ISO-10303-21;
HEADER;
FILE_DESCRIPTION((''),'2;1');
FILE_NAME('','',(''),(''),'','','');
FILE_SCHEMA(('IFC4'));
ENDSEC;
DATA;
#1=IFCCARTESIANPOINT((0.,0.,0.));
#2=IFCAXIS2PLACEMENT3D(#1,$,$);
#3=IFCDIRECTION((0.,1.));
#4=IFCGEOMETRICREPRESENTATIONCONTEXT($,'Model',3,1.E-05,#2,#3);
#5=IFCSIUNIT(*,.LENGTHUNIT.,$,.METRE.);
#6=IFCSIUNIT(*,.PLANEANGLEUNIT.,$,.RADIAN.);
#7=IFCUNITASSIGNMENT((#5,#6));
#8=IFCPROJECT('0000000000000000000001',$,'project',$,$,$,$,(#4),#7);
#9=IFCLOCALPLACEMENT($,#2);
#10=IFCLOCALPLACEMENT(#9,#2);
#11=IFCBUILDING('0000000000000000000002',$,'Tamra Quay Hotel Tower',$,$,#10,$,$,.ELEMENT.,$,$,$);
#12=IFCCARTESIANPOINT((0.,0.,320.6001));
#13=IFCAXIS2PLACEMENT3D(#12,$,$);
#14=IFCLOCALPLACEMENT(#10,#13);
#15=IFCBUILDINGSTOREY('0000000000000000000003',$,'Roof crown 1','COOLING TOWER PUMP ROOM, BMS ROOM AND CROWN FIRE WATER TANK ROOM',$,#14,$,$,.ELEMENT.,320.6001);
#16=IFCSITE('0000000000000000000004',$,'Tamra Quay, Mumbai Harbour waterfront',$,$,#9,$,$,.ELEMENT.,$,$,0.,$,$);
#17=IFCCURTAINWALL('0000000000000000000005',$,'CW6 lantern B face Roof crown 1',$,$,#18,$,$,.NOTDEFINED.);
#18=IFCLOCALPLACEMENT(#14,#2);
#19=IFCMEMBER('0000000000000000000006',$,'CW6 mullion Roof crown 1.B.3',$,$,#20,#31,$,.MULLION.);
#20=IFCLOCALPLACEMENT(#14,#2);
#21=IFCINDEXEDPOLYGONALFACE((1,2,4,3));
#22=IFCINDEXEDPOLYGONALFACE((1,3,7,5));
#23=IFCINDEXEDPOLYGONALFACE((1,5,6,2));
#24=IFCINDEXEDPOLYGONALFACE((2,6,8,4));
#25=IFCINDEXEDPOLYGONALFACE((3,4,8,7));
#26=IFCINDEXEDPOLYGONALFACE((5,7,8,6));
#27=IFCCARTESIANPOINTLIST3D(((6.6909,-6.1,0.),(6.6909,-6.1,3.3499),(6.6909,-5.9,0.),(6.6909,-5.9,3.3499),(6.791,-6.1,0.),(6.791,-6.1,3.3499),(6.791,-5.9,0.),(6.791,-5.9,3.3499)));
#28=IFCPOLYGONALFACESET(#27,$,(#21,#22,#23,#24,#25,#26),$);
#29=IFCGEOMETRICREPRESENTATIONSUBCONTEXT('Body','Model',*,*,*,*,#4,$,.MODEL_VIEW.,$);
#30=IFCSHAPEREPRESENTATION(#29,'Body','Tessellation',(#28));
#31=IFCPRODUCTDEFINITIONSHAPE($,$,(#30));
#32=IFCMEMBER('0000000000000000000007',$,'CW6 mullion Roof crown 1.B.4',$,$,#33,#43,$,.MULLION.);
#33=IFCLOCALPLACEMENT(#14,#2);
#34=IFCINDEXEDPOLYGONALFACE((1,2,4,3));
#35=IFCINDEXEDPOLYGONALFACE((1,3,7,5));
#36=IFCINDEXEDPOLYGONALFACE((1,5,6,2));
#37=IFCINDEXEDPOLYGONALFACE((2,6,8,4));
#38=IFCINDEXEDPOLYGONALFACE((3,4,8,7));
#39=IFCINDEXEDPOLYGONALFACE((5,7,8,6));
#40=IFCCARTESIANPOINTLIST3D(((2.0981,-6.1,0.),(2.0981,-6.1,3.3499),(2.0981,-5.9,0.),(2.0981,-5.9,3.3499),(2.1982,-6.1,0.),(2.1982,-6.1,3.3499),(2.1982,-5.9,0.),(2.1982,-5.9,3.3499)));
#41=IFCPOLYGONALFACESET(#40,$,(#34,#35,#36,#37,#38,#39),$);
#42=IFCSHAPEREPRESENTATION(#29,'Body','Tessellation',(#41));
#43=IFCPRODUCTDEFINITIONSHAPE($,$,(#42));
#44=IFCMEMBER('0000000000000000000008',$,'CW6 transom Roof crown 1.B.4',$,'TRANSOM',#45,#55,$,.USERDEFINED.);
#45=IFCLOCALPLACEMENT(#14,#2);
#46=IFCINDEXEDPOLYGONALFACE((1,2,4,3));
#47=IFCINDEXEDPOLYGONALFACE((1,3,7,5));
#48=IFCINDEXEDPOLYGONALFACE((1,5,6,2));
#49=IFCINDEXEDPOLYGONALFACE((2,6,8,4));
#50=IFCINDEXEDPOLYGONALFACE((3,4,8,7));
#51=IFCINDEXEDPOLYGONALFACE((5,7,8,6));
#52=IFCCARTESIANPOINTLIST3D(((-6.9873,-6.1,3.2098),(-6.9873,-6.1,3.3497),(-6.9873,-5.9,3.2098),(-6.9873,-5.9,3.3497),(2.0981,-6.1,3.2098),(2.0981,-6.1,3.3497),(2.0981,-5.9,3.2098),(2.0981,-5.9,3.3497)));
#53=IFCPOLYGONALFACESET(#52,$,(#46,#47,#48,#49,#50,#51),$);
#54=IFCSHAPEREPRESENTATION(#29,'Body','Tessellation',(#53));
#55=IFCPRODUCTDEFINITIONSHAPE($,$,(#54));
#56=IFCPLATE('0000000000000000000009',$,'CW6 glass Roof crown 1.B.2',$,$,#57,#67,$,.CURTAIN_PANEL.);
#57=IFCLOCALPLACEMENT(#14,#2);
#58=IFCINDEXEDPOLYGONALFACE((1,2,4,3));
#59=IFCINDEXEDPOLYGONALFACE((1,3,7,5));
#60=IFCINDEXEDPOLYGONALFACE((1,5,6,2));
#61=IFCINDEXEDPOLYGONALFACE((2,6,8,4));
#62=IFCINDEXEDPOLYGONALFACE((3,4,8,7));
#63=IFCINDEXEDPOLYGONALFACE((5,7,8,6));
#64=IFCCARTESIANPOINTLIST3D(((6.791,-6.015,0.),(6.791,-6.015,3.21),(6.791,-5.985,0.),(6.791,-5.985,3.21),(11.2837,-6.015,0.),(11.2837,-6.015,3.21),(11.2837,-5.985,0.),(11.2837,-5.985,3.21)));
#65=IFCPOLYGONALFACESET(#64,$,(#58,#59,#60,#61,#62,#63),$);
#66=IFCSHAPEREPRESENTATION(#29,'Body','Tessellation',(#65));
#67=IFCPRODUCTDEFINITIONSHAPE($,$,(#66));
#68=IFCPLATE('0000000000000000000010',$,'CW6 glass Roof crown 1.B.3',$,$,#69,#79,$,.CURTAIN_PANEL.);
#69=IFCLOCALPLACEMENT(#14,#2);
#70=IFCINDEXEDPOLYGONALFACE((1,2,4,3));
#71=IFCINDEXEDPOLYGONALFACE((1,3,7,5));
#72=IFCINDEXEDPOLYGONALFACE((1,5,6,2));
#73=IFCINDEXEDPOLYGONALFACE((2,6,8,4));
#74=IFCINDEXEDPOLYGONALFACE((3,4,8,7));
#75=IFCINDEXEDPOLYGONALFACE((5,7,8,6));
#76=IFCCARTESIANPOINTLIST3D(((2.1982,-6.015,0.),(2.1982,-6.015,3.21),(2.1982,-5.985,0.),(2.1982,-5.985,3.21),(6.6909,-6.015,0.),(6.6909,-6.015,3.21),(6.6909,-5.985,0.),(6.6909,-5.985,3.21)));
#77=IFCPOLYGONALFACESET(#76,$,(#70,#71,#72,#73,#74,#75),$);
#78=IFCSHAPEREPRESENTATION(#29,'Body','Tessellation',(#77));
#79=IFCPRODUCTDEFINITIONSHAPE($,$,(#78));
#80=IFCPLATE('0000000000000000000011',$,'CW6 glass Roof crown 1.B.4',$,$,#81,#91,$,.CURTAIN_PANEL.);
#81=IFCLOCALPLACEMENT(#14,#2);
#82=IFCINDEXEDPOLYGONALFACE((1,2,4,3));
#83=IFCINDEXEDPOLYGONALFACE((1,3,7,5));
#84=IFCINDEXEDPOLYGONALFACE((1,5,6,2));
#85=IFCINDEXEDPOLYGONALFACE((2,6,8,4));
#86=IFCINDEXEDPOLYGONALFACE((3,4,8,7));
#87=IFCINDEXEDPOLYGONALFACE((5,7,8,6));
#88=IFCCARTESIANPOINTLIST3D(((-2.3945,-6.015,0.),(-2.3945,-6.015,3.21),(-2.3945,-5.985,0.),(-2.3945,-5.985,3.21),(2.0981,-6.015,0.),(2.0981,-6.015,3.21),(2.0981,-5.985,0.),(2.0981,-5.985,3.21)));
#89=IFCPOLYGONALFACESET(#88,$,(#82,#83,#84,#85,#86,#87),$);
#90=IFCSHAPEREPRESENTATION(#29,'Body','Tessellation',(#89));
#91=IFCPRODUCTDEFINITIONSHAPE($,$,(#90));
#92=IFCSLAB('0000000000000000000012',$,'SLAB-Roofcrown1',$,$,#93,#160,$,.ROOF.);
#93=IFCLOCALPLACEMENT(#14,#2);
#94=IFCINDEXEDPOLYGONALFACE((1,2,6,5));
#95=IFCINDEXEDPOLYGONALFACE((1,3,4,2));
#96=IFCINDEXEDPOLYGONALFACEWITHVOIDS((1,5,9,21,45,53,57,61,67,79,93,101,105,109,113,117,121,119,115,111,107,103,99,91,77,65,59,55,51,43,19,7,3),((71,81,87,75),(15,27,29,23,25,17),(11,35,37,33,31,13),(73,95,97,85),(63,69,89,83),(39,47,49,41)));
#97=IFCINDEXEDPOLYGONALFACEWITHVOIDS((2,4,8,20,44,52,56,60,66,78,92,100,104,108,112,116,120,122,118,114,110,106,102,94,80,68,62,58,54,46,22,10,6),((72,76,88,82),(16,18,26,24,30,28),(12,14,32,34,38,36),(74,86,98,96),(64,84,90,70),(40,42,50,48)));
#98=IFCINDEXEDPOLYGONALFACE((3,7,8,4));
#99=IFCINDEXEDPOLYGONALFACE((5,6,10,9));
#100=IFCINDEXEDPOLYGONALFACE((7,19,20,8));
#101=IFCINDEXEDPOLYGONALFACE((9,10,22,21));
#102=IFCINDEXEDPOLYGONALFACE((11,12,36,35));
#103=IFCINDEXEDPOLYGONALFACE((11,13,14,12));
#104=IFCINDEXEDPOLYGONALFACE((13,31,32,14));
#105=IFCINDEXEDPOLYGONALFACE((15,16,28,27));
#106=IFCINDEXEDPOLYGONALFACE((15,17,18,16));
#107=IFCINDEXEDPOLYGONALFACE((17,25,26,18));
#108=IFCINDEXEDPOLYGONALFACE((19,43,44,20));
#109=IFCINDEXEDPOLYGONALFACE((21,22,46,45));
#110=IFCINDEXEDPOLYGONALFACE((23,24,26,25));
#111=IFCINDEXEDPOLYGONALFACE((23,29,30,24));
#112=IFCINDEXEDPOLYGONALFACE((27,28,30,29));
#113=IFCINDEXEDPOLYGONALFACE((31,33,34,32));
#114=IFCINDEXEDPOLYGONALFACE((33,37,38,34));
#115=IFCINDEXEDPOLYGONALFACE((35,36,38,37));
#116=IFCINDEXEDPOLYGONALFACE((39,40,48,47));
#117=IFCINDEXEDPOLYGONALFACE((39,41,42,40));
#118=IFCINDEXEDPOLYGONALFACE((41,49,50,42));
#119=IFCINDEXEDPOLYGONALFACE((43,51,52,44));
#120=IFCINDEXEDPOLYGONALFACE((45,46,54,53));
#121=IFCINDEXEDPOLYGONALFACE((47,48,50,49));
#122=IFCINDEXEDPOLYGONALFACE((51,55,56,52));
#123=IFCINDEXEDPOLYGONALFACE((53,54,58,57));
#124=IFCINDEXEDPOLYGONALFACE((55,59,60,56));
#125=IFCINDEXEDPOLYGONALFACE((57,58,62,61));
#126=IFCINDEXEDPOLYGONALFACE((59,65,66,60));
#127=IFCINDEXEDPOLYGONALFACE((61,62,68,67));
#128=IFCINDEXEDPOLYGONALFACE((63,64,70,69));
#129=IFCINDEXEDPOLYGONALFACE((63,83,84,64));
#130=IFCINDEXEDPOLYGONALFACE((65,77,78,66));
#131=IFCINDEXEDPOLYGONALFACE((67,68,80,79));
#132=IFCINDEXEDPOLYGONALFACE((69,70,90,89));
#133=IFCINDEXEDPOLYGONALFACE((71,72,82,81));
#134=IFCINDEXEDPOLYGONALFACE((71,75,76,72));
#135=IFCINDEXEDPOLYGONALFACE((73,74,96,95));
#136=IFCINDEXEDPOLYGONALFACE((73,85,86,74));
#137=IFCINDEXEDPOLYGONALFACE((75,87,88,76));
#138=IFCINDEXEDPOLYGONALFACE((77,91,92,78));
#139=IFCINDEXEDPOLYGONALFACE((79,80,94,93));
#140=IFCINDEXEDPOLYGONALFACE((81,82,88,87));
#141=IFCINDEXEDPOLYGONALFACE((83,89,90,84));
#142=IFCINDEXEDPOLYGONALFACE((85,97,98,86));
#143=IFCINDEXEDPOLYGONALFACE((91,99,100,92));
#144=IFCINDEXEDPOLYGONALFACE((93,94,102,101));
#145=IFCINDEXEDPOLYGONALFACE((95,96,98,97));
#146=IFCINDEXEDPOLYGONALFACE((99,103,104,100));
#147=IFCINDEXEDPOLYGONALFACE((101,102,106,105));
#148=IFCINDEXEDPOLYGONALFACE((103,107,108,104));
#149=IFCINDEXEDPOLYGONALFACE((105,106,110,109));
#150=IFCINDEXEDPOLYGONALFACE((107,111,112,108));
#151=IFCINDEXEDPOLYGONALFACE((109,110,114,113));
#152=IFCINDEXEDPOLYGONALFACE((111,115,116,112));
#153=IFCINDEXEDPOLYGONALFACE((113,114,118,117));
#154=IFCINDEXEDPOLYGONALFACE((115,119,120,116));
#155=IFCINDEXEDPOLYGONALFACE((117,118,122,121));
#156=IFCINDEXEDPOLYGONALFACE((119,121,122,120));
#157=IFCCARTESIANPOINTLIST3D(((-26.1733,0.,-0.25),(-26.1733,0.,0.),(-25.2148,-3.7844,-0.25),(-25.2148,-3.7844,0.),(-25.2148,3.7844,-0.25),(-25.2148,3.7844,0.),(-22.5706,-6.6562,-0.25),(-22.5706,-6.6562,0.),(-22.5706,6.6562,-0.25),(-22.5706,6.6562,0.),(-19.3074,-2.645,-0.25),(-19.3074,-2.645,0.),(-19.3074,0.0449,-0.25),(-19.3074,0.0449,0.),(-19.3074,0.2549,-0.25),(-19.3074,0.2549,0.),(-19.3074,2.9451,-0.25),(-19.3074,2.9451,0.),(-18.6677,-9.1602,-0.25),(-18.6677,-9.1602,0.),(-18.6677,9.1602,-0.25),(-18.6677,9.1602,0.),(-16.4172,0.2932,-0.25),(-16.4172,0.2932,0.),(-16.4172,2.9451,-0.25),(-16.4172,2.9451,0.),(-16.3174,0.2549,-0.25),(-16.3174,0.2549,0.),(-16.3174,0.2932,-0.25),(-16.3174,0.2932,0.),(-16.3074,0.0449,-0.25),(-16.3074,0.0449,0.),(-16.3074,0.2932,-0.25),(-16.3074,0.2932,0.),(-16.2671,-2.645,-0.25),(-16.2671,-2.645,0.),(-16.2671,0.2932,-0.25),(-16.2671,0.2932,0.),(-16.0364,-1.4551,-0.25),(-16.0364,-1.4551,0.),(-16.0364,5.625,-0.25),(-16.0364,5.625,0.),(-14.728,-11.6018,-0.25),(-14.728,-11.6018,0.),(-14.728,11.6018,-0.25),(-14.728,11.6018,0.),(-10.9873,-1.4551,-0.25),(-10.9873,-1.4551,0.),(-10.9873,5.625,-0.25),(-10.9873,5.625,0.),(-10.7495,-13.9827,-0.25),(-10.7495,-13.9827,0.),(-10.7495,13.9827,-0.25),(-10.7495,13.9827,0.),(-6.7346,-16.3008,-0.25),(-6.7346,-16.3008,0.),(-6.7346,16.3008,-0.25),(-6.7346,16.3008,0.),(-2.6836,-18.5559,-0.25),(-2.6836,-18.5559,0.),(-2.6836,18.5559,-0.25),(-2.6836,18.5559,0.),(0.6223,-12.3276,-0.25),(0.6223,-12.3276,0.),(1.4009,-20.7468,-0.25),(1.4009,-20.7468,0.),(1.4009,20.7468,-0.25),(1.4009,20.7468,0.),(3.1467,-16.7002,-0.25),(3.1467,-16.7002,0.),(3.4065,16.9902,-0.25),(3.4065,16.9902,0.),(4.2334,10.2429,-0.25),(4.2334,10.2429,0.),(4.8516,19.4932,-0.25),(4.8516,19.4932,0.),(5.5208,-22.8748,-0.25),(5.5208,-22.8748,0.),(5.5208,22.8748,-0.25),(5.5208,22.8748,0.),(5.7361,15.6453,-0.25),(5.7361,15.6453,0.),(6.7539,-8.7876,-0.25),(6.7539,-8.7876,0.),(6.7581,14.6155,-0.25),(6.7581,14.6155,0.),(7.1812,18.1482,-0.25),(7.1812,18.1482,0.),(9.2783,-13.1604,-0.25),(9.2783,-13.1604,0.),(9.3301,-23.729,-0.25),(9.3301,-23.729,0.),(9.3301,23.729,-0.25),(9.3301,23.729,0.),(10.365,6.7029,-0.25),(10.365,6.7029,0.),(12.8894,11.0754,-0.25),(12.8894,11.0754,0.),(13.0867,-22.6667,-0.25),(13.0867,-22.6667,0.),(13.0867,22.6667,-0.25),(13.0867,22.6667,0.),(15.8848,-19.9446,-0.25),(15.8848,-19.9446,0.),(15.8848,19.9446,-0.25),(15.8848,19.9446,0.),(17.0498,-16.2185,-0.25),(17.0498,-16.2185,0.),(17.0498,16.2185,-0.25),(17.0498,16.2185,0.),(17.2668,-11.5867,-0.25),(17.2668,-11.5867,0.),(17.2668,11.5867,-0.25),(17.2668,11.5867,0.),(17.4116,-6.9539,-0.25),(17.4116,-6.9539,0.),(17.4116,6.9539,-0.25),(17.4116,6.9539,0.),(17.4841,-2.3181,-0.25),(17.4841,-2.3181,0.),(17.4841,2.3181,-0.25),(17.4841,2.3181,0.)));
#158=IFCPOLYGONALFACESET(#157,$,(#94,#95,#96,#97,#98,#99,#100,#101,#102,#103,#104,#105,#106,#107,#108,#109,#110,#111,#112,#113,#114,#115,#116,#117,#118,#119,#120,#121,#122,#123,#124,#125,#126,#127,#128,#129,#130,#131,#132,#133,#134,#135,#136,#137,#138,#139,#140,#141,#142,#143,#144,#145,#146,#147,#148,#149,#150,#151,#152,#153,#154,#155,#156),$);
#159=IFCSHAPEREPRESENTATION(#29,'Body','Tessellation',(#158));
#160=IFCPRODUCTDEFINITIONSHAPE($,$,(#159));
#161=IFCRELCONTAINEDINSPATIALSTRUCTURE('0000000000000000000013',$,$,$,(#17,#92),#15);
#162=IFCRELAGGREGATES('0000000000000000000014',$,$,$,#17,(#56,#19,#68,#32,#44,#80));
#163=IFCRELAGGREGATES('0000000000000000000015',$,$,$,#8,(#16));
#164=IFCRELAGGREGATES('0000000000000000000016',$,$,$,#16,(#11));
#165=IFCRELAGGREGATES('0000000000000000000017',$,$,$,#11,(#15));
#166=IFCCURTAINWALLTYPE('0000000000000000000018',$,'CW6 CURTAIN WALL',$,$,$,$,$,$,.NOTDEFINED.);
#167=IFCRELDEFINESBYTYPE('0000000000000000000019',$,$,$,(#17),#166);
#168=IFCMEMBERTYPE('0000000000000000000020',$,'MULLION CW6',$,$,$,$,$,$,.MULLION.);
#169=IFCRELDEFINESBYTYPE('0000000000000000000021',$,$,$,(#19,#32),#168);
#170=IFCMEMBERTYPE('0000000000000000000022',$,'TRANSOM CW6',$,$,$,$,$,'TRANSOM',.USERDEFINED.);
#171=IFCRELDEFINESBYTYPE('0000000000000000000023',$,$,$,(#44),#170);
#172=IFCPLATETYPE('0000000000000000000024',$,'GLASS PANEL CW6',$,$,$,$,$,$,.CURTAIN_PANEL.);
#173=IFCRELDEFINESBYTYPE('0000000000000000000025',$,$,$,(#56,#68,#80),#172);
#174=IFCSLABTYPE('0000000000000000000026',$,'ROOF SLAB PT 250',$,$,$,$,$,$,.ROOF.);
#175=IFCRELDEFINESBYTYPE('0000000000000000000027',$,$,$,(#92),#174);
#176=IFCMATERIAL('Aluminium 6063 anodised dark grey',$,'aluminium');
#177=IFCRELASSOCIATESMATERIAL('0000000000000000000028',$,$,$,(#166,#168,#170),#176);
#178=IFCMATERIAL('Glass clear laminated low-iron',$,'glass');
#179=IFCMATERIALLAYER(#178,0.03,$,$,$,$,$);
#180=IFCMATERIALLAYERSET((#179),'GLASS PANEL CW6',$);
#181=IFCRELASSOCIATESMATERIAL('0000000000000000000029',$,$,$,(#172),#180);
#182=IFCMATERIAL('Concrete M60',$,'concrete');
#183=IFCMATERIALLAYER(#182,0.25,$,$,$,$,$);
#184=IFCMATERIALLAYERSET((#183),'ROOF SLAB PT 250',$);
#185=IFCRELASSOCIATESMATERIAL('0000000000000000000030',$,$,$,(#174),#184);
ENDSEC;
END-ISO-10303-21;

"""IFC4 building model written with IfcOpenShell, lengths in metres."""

from ifc_helpers import new_model, si_unit, direction, frame, origin, origin_2d, place, context, subcontext, project, spatial, polyline, rectangle, outline, extrude, material, layer, layer_set, material_profile, profile_set, type_object, element, aggregate, save


model = new_model("IFC4")

# Units and contexts
model_context = context("Model", 3, precision=1e-05, world=origin(), true_north=direction((0.0, 1.0)))
body_context = subcontext(model_context, "Body", "Model", "MODEL_VIEW")
ifc_project = project(units=[si_unit("LENGTHUNIT", "METRE"), si_unit("PLANEANGLEUNIT", "RADIAN")], contexts=[model_context])

# Site, building, storey
site_placement = place(None, origin())
site = spatial("IfcSite", under=ifc_project, at=site_placement, Name="Tamra Quay, Mumbai Harbour waterfront", CompositionType="ELEMENT", RefElevation=0.0)
building_placement = place(site_placement, origin())
building = spatial("IfcBuilding", under=site, at=building_placement, Name="Tamra Quay Hotel Tower", CompositionType="ELEMENT")
storey_placement = place(building_placement, frame((0.0, 0.0, 320.6001)))
storey = spatial("IfcBuildingStorey", under=building, at=storey_placement, Name="Roof crown 1", Description="COOLING TOWER PUMP ROOM, BMS ROOM AND CROWN FIRE WATER TANK ROOM", CompositionType="ELEMENT", Elevation=320.6001)

# Curtain wall, members, plates
ifc_material_1 = material(Name="Aluminium 6063 anodised dark grey", Category="aluminium")
curtain_wall_type = type_object("IfcCurtainWallType", Name="CW6 CURTAIN WALL", PredefinedType="NOTDEFINED", material=ifc_material_1)
curtain_wall_placement = place(storey_placement, origin())
curtain_wall = element("IfcCurtainWall", 1, at=curtain_wall_placement, inside=storey, type_object=curtain_wall_type, Name="CW6 lantern B face Roof crown 1", PredefinedType="NOTDEFINED")
ifc_material_profile_1 = material_profile(ifc_material_1, rectangle(XDim=0.2, YDim=0.1001, at=origin_2d()), Name="MULLION 100X200")
ifc_profile_set_1 = profile_set([ifc_material_profile_1], Name="Aluminium 6063 anodised dark grey")
member_type_1 = type_object("IfcMemberType", Name="MULLION CW6", PredefinedType="MULLION", material=ifc_profile_set_1)
member_1_placement = place(storey_placement, frame((6.741, -6.0, 0.0), z_axis=(0.0, 0.0, 1.0), x_axis=(0.0, 1.0, 0.0)))
member_1 = element("IfcMember", 2, at=member_1_placement, type_object=member_type_1, Name="CW6 mullion Roof crown 1.B.3", PredefinedType="MULLION", context=body_context, shape_type="SweptSolid", body=[
    extrude(rectangle(XDim=0.2, YDim=0.1001, at=origin_2d()), origin(), (0.0, 0.0, 1.0), 3.3499),
])
member_2_placement = place(storey_placement, frame((2.1482, -6.0, 0.0), z_axis=(0.0, 0.0, 1.0), x_axis=(0.0, 1.0, 0.0)))
member_2 = element("IfcMember", 3, at=member_2_placement, type_object=member_type_1, Name="CW6 mullion Roof crown 1.B.4", PredefinedType="MULLION", context=body_context, shape_type="SweptSolid", body=[
    extrude(rectangle(XDim=0.2, YDim=0.1001, at=origin_2d()), origin(), (0.0, 0.0, 1.0), 3.3499),
])
ifc_material_profile_2 = material_profile(ifc_material_1, rectangle(XDim=0.2, YDim=0.1399, at=origin_2d()), Name="TRANSOM 200X140")
ifc_profile_set_2 = profile_set([ifc_material_profile_2], Name="Aluminium 6063 anodised dark grey")
member_type_2 = type_object("IfcMemberType", Name="TRANSOM CW6", ElementType="TRANSOM", PredefinedType="USERDEFINED", material=ifc_profile_set_2)
member_3_placement = place(storey_placement, frame((2.0981, -6.0, 3.2798), z_axis=(-1.0, 0.0, 0.0), x_axis=(0.0, -1.0, 0.0)))
member_3 = element("IfcMember", 4, at=member_3_placement, type_object=member_type_2, Name="CW6 transom Roof crown 1.B.4", ObjectType="TRANSOM", PredefinedType="USERDEFINED", context=body_context, shape_type="SweptSolid", body=[
    extrude(rectangle(XDim=0.2, YDim=0.1399, at=origin_2d()), origin(), (0.0, 0.0, 1.0), 9.0854),
])
ifc_material_2 = material(Name="Glass clear laminated low-iron", Category="glass")
ifc_layer_1 = layer(ifc_material_2, 0.03)
ifc_layer_set_1 = layer_set([ifc_layer_1], Name="GLASS PANEL CW6")
plate_type = type_object("IfcPlateType", Name="GLASS PANEL CW6", PredefinedType="CURTAIN_PANEL", material=ifc_layer_set_1)
plate_1_placement = place(storey_placement, frame((9.0374, -6.0, 0.0), z_axis=(0.0, 0.0, 1.0), x_axis=(-1.0, 0.0, 0.0)))
plate_1 = element("IfcPlate", 5, at=plate_1_placement, type_object=plate_type, Name="CW6 glass Roof crown 1.B.2", PredefinedType="CURTAIN_PANEL", context=body_context, shape_type="SweptSolid", body=[
    extrude(rectangle(XDim=4.4927, YDim=0.03, at=origin_2d()), origin(), (0.0, 0.0, 1.0), 3.21),
])
plate_2_placement = place(storey_placement, frame((4.4446, -6.0, 0.0), z_axis=(0.0, 0.0, 1.0), x_axis=(-1.0, 0.0, 0.0)))
plate_2 = element("IfcPlate", 6, at=plate_2_placement, type_object=plate_type, Name="CW6 glass Roof crown 1.B.3", PredefinedType="CURTAIN_PANEL", context=body_context, shape_type="SweptSolid", body=[
    extrude(rectangle(XDim=4.4927, YDim=0.03, at=origin_2d()), origin(), (0.0, 0.0, 1.0), 3.21),
])
plate_3_placement = place(storey_placement, frame((-0.1482, -6.0, 0.0), z_axis=(0.0, 0.0, 1.0), x_axis=(-1.0, 0.0, 0.0)))
plate_3 = element("IfcPlate", 7, at=plate_3_placement, type_object=plate_type, Name="CW6 glass Roof crown 1.B.4", PredefinedType="CURTAIN_PANEL", context=body_context, shape_type="SweptSolid", body=[
    extrude(rectangle(XDim=4.4927, YDim=0.03, at=origin_2d()), origin(), (0.0, 0.0, 1.0), 3.21),
])
aggregate(curtain_wall, [plate_1, member_1, plate_2, member_2, member_3, plate_3])

# Slab
ifc_material_3 = material(Name="Concrete M60", Category="concrete")
ifc_layer_2 = layer(ifc_material_3, 0.25)
ifc_layer_set_2 = layer_set([ifc_layer_2], Name="ROOF SLAB PT 250")
slab_type = type_object("IfcSlabType", Name="ROOF SLAB PT 250", PredefinedType="ROOF", material=ifc_layer_set_2)
slab_placement = place(storey_placement, frame((0.0, 0.0, -0.25)))
element("IfcSlab", 8, at=slab_placement, inside=storey, type_object=slab_type, Name="SLAB-Roofcrown1", PredefinedType="ROOF", context=body_context, shape_type="SweptSolid", body=[
    extrude(outline(polyline([(17.2668, 11.5867), (17.4116, 6.9539), (17.4841, 2.3181), (17.4841, -2.3181), (17.4116, -6.9539), (17.2668, -11.5867), (17.0498, -16.2185), (15.8848, -19.9446), (13.0867, -22.6667), (9.3301, -23.729), (5.5208, -22.8748), (1.4009, -20.7468), (-2.6836, -18.5559), (-6.7346, -16.3008), (-10.7495, -13.9827), (-14.728, -11.6018), (-18.6677, -9.1602), (-22.5706, -6.6562), (-25.2148, -3.7844), (-26.1733, 0.0), (-25.2148, 3.7844), (-22.5706, 6.6562), (-18.6677, 9.1602), (-14.728, 11.6018), (-10.7495, 13.9827), (-6.7346, 16.3008), (-2.6836, 18.5559), (1.4009, 20.7468), (5.5208, 22.8748), (9.3301, 23.729), (13.0867, 22.6667), (15.8848, 19.9446), (17.0498, 16.2185), (17.2668, 11.5867)]), holes=[polyline([(9.2783, -13.1604), (6.7539, -8.7876), (0.6223, -12.3276), (3.1467, -16.7002), (9.2783, -13.1604)]), polyline([(-16.3074, 0.2932), (-16.3074, 0.0449), (-19.3074, 0.0449), (-19.3074, -2.645), (-16.2671, -2.645), (-16.2671, 0.2932), (-16.3074, 0.2932)]), polyline([(-16.3174, 0.2932), (-16.4172, 0.2932), (-16.4172, 2.9451), (-19.3074, 2.9451), (-19.3074, 0.2549), (-16.3174, 0.2549), (-16.3174, 0.2932)]), polyline([(-16.0364, -1.4551), (-10.9873, -1.4551), (-10.9873, 5.625), (-16.0364, 5.625), (-16.0364, -1.4551)]), polyline([(12.8894, 11.0754), (6.7581, 14.6155), (4.2334, 10.2429), (10.365, 6.7029), (12.8894, 11.0754)]), polyline([(7.1812, 18.1482), (4.8516, 19.4932), (3.4065, 16.9902), (5.7361, 15.6453), (7.1812, 18.1482)])]), origin(), (0.0, 0.0, 1.0), 0.25),
])

save(model, "model.ifc")
